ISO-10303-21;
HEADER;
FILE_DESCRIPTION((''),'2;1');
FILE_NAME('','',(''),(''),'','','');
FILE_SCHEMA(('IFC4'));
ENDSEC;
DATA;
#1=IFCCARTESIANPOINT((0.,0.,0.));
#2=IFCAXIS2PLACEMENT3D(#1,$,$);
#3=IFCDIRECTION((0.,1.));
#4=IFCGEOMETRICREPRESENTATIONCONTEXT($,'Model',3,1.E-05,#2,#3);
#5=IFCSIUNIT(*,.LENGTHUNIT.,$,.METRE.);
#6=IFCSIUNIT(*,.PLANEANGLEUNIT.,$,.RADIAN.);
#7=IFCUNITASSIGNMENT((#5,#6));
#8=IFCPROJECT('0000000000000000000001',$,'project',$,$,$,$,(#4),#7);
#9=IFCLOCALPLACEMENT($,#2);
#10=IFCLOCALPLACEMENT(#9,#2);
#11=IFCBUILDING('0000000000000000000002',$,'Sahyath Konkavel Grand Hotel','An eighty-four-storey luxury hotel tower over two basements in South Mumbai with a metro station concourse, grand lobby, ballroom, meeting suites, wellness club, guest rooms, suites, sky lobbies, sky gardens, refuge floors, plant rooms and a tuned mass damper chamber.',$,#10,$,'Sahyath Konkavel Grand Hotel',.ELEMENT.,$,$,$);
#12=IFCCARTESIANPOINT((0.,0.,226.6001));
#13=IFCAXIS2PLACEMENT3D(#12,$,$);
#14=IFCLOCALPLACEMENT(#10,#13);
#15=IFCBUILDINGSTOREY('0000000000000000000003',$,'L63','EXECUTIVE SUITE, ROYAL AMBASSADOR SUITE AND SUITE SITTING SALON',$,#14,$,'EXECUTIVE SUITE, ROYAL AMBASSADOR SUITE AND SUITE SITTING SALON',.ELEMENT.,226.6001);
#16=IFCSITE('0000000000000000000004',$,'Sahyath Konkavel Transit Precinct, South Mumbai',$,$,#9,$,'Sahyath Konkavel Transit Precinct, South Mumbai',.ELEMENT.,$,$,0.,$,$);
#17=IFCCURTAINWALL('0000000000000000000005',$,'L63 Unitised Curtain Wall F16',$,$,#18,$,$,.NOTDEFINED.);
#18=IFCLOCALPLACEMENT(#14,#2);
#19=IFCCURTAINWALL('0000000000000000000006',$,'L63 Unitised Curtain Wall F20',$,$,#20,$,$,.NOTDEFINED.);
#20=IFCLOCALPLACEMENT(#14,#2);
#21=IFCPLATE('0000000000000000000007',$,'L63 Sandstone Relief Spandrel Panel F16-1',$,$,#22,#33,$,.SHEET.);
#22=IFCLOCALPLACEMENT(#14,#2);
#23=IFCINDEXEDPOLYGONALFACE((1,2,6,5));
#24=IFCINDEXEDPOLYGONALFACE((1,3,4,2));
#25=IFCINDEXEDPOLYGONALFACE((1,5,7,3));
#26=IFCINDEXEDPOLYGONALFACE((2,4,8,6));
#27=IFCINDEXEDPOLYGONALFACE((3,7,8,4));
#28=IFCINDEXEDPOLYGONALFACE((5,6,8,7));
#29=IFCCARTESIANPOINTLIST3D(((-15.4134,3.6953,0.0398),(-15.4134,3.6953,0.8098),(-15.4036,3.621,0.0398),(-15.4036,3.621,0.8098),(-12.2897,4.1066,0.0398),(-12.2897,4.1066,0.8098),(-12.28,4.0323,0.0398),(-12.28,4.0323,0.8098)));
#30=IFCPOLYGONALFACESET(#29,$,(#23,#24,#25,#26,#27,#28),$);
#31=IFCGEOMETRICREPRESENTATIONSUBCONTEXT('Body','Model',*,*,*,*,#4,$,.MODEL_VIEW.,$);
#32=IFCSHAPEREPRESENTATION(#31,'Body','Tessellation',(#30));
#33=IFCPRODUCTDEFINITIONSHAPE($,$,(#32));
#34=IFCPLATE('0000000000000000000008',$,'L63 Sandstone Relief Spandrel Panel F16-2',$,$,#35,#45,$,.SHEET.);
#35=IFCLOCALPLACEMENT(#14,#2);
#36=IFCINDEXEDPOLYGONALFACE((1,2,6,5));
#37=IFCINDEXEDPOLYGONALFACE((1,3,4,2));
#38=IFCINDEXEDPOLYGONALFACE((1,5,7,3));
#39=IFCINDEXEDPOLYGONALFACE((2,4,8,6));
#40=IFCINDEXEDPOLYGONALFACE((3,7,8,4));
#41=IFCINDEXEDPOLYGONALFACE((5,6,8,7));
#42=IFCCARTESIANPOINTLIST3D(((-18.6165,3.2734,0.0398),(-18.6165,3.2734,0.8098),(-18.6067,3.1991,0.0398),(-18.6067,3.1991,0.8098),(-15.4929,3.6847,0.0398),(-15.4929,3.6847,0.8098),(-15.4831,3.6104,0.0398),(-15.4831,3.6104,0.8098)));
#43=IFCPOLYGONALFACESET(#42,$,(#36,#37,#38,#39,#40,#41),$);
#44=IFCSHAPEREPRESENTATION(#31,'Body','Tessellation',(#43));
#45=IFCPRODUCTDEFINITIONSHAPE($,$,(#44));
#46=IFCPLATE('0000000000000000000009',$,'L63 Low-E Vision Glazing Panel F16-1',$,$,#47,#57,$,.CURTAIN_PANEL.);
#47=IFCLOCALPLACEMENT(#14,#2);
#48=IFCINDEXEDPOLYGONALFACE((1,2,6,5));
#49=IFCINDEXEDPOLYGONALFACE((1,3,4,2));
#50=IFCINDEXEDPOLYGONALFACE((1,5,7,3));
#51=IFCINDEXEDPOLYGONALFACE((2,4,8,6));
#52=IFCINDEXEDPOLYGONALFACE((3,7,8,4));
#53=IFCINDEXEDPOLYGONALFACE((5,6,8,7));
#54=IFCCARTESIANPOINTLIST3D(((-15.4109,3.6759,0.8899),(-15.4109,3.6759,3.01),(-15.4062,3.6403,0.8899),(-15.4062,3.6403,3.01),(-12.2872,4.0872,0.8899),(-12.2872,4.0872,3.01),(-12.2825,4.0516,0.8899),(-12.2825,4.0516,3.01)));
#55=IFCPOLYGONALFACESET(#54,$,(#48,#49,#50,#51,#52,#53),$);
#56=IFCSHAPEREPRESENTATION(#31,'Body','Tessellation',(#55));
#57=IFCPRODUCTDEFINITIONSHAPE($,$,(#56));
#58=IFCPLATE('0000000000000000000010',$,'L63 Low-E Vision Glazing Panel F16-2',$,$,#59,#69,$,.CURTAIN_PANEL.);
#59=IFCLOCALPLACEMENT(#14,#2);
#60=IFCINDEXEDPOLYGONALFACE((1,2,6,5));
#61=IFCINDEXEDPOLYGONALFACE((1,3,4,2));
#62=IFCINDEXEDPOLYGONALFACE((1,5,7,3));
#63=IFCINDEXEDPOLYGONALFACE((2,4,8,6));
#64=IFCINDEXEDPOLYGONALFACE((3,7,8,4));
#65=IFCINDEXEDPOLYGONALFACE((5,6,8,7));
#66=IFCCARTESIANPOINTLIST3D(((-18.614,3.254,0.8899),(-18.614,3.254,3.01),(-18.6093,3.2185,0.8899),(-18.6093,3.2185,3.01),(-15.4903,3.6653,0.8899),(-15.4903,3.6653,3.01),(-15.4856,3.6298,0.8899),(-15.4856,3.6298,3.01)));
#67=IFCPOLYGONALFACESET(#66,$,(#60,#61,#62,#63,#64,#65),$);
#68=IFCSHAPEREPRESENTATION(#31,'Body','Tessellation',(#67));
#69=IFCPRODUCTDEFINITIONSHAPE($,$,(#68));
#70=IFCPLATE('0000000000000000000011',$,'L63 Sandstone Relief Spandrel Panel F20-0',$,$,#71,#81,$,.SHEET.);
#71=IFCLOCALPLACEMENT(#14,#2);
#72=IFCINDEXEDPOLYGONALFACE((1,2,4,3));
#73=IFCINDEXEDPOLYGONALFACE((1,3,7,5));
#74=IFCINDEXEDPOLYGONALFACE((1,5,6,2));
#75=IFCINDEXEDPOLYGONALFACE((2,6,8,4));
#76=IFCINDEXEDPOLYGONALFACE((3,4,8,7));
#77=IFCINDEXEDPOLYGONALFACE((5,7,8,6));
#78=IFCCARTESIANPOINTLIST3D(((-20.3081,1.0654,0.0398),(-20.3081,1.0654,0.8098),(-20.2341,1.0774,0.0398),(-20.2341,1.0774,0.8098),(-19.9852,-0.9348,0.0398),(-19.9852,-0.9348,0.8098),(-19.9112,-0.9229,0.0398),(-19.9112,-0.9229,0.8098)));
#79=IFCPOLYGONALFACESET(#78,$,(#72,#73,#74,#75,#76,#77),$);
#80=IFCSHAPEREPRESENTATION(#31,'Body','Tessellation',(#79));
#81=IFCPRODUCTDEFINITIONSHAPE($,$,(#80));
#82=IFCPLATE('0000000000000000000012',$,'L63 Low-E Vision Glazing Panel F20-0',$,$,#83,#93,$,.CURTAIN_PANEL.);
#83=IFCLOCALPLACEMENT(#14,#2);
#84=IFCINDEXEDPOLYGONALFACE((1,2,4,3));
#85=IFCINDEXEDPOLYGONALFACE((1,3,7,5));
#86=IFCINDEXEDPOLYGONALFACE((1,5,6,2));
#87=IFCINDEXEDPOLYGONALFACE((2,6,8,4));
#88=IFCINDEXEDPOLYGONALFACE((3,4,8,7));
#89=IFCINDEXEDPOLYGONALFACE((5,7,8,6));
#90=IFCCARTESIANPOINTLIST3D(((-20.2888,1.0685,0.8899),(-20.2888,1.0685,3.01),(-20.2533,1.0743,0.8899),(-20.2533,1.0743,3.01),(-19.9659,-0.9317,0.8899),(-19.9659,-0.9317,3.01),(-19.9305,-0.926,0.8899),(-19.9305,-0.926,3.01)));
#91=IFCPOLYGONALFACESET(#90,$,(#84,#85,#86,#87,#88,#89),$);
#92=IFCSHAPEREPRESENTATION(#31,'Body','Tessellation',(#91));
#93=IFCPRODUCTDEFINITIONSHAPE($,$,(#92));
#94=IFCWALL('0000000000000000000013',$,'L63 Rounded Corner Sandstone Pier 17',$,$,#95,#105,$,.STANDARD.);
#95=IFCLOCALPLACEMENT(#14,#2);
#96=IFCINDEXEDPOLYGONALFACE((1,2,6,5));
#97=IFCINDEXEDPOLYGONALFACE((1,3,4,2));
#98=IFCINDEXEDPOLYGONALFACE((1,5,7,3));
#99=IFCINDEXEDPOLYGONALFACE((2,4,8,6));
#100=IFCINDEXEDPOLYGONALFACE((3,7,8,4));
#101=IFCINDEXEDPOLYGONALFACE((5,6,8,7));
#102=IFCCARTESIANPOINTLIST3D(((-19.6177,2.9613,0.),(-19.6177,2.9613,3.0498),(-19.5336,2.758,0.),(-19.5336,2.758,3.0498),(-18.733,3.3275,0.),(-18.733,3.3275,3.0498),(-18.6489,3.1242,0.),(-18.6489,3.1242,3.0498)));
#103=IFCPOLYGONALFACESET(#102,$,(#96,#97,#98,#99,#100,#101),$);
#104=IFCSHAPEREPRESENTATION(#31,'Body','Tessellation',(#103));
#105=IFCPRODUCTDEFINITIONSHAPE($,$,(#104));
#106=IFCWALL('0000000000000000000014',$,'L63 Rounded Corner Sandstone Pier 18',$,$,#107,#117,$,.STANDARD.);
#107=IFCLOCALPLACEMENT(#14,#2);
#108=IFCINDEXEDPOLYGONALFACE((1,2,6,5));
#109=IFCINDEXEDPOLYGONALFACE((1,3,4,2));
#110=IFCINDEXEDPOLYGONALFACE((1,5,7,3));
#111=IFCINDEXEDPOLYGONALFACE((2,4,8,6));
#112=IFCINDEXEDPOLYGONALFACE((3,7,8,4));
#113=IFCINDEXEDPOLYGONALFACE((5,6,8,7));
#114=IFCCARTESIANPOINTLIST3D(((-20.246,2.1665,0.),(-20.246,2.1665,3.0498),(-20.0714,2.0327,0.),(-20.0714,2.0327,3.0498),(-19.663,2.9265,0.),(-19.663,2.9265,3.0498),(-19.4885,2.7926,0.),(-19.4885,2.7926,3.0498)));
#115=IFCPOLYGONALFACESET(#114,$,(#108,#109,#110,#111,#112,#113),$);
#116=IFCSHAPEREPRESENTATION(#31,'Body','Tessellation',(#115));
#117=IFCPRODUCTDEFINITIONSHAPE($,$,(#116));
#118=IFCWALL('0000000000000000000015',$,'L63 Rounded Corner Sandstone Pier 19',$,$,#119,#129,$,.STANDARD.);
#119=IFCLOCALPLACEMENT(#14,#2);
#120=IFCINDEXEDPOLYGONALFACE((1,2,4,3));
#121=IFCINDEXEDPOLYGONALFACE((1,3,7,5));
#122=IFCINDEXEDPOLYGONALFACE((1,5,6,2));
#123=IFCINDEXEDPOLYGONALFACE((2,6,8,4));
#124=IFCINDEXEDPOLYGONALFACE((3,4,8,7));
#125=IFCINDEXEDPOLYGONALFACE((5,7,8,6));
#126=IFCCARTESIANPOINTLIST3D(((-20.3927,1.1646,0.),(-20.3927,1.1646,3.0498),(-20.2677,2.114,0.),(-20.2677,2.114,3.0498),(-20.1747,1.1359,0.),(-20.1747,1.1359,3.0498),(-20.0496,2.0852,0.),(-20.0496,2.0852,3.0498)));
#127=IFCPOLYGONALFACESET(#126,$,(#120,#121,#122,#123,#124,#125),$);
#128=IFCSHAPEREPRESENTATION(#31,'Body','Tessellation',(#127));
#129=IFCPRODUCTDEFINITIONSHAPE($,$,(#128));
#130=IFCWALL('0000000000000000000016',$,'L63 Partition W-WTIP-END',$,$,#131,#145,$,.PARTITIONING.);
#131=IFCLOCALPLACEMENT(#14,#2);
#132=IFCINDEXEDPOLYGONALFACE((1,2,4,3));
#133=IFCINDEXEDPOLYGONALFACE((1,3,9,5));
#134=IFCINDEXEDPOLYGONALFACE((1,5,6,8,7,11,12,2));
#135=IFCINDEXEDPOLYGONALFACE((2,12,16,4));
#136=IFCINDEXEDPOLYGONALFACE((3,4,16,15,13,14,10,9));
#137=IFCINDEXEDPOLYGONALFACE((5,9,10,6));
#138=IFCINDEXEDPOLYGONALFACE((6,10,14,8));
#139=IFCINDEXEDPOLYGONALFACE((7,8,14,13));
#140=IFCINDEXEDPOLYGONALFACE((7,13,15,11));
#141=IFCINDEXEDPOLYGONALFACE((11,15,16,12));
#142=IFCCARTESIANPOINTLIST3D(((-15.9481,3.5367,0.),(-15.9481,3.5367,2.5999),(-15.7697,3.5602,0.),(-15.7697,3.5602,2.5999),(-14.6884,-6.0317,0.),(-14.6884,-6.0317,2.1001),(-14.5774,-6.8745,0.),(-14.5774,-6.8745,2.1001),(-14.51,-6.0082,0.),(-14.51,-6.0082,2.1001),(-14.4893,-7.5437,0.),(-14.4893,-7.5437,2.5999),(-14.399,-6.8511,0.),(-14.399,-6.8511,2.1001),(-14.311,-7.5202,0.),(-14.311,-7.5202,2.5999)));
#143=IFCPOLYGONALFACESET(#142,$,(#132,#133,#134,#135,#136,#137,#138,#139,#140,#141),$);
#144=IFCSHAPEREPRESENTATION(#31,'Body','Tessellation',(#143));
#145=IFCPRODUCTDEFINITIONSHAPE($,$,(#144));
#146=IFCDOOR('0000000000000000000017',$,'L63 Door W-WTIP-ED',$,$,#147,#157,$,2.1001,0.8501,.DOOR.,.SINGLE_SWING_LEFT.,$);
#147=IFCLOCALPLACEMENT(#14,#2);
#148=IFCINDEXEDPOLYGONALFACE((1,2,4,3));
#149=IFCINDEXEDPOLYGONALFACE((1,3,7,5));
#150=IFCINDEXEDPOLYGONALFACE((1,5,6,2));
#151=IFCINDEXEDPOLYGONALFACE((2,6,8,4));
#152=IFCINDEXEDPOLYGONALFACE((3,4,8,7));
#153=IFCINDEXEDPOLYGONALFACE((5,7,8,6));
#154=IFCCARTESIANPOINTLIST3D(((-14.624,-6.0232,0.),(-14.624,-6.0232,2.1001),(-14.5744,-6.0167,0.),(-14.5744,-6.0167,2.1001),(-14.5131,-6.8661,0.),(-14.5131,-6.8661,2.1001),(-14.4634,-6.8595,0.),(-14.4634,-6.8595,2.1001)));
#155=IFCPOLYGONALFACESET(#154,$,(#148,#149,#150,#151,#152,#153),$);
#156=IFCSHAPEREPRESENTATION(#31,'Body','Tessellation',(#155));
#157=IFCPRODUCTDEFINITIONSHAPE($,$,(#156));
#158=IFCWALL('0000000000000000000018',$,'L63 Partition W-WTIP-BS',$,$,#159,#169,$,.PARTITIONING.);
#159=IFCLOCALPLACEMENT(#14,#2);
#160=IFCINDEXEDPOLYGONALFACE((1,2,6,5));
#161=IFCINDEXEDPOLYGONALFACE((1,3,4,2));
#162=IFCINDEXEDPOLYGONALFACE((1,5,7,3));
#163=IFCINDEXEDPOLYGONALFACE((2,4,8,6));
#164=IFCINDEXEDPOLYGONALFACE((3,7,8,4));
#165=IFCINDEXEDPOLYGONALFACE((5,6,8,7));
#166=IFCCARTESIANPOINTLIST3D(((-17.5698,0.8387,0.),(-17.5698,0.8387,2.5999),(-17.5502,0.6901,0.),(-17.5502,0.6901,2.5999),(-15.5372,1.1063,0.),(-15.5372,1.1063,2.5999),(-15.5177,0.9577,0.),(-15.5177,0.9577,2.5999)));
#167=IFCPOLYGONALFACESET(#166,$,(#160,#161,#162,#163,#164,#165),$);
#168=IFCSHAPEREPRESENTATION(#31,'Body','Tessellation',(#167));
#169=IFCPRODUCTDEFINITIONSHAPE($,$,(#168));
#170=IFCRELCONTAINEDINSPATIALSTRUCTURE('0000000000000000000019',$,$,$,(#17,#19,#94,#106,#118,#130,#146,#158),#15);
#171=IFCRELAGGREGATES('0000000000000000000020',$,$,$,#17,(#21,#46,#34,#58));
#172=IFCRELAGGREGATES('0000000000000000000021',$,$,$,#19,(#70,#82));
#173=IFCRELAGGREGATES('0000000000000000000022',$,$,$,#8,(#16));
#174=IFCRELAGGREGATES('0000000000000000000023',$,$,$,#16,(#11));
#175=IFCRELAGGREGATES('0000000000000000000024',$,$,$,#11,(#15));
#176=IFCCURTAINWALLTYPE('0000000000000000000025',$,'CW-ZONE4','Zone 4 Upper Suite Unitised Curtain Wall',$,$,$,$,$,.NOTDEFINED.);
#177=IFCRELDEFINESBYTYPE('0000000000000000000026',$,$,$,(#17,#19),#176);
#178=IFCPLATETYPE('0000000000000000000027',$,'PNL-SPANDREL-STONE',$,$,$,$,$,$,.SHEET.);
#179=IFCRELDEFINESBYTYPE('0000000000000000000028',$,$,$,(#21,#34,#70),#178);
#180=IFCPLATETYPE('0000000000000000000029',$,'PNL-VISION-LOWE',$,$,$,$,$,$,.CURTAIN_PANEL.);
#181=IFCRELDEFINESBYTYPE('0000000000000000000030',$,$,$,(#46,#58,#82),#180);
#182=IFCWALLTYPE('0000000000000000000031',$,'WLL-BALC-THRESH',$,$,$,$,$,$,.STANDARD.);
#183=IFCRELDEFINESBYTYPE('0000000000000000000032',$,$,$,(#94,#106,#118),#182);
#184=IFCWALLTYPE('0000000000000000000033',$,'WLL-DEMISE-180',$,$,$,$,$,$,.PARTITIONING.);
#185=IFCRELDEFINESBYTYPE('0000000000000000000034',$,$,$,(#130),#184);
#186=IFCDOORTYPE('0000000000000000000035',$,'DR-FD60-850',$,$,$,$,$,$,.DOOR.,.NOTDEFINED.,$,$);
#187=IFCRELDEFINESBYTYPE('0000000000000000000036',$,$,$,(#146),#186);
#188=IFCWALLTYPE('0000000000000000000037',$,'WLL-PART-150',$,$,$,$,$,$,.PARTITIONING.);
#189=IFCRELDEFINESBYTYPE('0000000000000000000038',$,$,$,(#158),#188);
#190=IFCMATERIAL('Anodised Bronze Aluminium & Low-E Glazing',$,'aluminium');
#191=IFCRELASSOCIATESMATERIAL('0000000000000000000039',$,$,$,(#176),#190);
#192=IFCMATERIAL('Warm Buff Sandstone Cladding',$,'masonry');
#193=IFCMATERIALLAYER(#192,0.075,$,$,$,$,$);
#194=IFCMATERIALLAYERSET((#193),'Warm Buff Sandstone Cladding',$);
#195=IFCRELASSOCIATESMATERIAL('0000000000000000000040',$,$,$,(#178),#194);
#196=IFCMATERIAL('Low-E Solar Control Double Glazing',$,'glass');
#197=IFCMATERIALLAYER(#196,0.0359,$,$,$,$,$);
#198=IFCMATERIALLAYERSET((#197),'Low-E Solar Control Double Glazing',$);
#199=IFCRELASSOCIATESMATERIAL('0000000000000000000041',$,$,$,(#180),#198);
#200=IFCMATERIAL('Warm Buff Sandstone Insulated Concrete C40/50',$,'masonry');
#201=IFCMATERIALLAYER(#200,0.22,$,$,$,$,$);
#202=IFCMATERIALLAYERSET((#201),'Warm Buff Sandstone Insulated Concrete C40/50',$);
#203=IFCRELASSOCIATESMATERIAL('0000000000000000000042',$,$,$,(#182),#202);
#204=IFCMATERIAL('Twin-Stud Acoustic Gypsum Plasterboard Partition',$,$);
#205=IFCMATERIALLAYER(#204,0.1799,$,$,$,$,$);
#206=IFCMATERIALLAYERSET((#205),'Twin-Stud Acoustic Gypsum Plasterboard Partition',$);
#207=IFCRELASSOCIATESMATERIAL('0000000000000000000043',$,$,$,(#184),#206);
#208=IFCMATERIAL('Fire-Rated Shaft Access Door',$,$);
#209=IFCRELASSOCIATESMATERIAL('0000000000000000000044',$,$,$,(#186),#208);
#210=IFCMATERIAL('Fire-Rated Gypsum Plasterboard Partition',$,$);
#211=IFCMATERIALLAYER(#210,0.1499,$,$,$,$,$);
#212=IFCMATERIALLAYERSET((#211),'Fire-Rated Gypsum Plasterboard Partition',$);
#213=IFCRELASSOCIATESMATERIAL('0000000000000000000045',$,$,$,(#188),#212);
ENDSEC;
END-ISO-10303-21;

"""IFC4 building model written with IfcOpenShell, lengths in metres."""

from ifc_helpers import new_model, si_unit, direction, frame, frame_2d, origin, origin_2d, place, context, subcontext, project, spatial, rectangle, extrude, source, transform, mapped, material, layer, layer_set, type_object, element, fill, aggregate, save


model = new_model("IFC4")

# Units and contexts
model_context = context("Model", 3, precision=1e-05, world=origin(), true_north=direction((0.0, 1.0)))
body_context = subcontext(model_context, "Body", "Model", "MODEL_VIEW")
ifc_project = project(units=[si_unit("LENGTHUNIT", "METRE"), si_unit("PLANEANGLEUNIT", "RADIAN")], contexts=[model_context])

# Site, building, storey
site_placement = place(None, origin())
site = spatial("IfcSite", under=ifc_project, at=site_placement, Name="Sahyath Konkavel Transit Precinct, South Mumbai", LongName="Sahyath Konkavel Transit Precinct, South Mumbai", CompositionType="ELEMENT", RefElevation=0.0)
building_placement = place(site_placement, origin())
building = spatial("IfcBuilding", under=site, at=building_placement, Name="Sahyath Konkavel Grand Hotel", Description="An eighty-four-storey luxury hotel tower over two basements in South Mumbai with a metro station concourse, grand lobby, ballroom, meeting suites, wellness club, guest rooms, suites, sky lobbies, sky gardens, refuge floors, plant rooms and a tuned mass damper chamber.", LongName="Sahyath Konkavel Grand Hotel", CompositionType="ELEMENT")
storey_placement = place(building_placement, frame((0.0, 0.0, 226.6001)))
storey = spatial("IfcBuildingStorey", under=building, at=storey_placement, Name="L63", Description="EXECUTIVE SUITE, ROYAL AMBASSADOR SUITE AND SUITE SITTING SALON", LongName="EXECUTIVE SUITE, ROYAL AMBASSADOR SUITE AND SUITE SITTING SALON", CompositionType="ELEMENT", Elevation=226.6001)

# Curtain wall
ifc_material_1 = material(Name="Anodised Bronze Aluminium & Low-E Glazing", Category="aluminium")
curtain_wall_type = type_object("IfcCurtainWallType", Name="CW-ZONE4", Description="Zone 4 Upper Suite Unitised Curtain Wall", PredefinedType="NOTDEFINED", material=ifc_material_1)
curtain_wall_1_placement = place(storey_placement, origin())
curtain_wall_1 = element("IfcCurtainWall", 1, at=curtain_wall_1_placement, inside=storey, type_object=curtain_wall_type, Name="L63 Unitised Curtain Wall F16", PredefinedType="NOTDEFINED")

# Curtain wall
curtain_wall_2_placement = place(storey_placement, origin())
curtain_wall_2 = element("IfcCurtainWall", 2, at=curtain_wall_2_placement, inside=storey, type_object=curtain_wall_type, Name="L63 Unitised Curtain Wall F20", PredefinedType="NOTDEFINED")

# Plates
ifc_material_2 = material(Name="Warm Buff Sandstone Cladding", Category="masonry")
ifc_layer_1 = layer(ifc_material_2, 0.075)
ifc_layer_set_1 = layer_set([ifc_layer_1], Name="Warm Buff Sandstone Cladding")
plate_type_1 = type_object("IfcPlateType", Name="PNL-SPANDREL-STONE", PredefinedType="SHEET", material=ifc_layer_set_1)
shared_shape_1 = source(origin(), body_context, "Body", "SweptSolid", [
    extrude(rectangle(XDim=3.1506, YDim=0.075, at=origin_2d()), origin(), (0.0, 0.0, 1.0), 0.77),
])
plate_1_placement = place(storey_placement, frame((-13.8467, 3.8638, 0.0398), z_axis=(0.0, 0.0, 1.0), x_axis=(-0.991443, -0.130543, 0.0)))
plate_1 = element("IfcPlate", 3, at=plate_1_placement, type_object=plate_type_1, Name="L63 Sandstone Relief Spandrel Panel F16-1", PredefinedType="SHEET", context=body_context, shape_type="MappedRepresentation", body=[
    mapped(shared_shape_1, transform((0.0, 0.0, 0.0), scale=1.0)),
])
plate_2_placement = place(storey_placement, frame((-17.0498, 3.4419, 0.0398), z_axis=(0.0, 0.0, 1.0), x_axis=(-0.991443, -0.130543, 0.0)))
plate_2 = element("IfcPlate", 4, at=plate_2_placement, type_object=plate_type_1, Name="L63 Sandstone Relief Spandrel Panel F16-2", PredefinedType="SHEET", context=body_context, shape_type="MappedRepresentation", body=[
    mapped(shared_shape_1, transform((0.0, 0.0, 0.0), scale=1.0)),
])
ifc_material_3 = material(Name="Low-E Solar Control Double Glazing", Category="glass")
ifc_layer_2 = layer(ifc_material_3, 0.0359)
ifc_layer_set_2 = layer_set([ifc_layer_2], Name="Low-E Solar Control Double Glazing")
plate_type_2 = type_object("IfcPlateType", Name="PNL-VISION-LOWE", PredefinedType="CURTAIN_PANEL", material=ifc_layer_set_2)
shared_shape_2 = source(origin(), body_context, "Body", "SweptSolid", [
    extrude(rectangle(XDim=3.1506, YDim=0.0359, at=origin_2d()), origin(), (0.0, 0.0, 1.0), 2.1201),
])
plate_3_placement = place(storey_placement, frame((-13.8467, 3.8638, 0.8899), z_axis=(0.0, 0.0, 1.0), x_axis=(-0.991443, -0.130543, 0.0)))
plate_3 = element("IfcPlate", 5, at=plate_3_placement, type_object=plate_type_2, Name="L63 Low-E Vision Glazing Panel F16-1", PredefinedType="CURTAIN_PANEL", context=body_context, shape_type="MappedRepresentation", body=[
    mapped(shared_shape_2, transform((0.0, 0.0, 0.0), scale=1.0)),
])
plate_4_placement = place(storey_placement, frame((-17.0498, 3.4419, 0.8899), z_axis=(0.0, 0.0, 1.0), x_axis=(-0.991443, -0.130543, 0.0)))
plate_4 = element("IfcPlate", 6, at=plate_4_placement, type_object=plate_type_2, Name="L63 Low-E Vision Glazing Panel F16-2", PredefinedType="CURTAIN_PANEL", context=body_context, shape_type="MappedRepresentation", body=[
    mapped(shared_shape_2, transform((0.0, 0.0, 0.0), scale=1.0)),
])
aggregate(curtain_wall_1, [plate_1, plate_3, plate_2, plate_4])
shared_shape_3 = source(origin(), body_context, "Body", "SweptSolid", [
    extrude(rectangle(XDim=2.0261, YDim=0.075, at=origin_2d()), origin(), (0.0, 0.0, 1.0), 0.77),
])
plate_5_placement = place(storey_placement, frame((-20.1096, 0.0713, 0.0398), z_axis=(0.0, 0.0, 1.0), x_axis=(0.159364, -0.98722, 0.0)))
plate_5 = element("IfcPlate", 7, at=plate_5_placement, type_object=plate_type_1, Name="L63 Sandstone Relief Spandrel Panel F20-0", PredefinedType="SHEET", context=body_context, shape_type="MappedRepresentation", body=[
    mapped(shared_shape_3, transform((0.0, 0.0, 0.0), scale=1.0)),
])
shared_shape_4 = source(origin(), body_context, "Body", "SweptSolid", [
    extrude(rectangle(XDim=2.0261, YDim=0.0359, at=origin_2d()), origin(), (0.0, 0.0, 1.0), 2.1201),
])
plate_6_placement = place(storey_placement, frame((-20.1096, 0.0713, 0.8899), z_axis=(0.0, 0.0, 1.0), x_axis=(0.159364, -0.98722, 0.0)))
plate_6 = element("IfcPlate", 8, at=plate_6_placement, type_object=plate_type_2, Name="L63 Low-E Vision Glazing Panel F20-0", PredefinedType="CURTAIN_PANEL", context=body_context, shape_type="MappedRepresentation", body=[
    mapped(shared_shape_4, transform((0.0, 0.0, 0.0), scale=1.0)),
])
aggregate(curtain_wall_2, [plate_5, plate_6])

# Walls
ifc_material_4 = material(Name="Warm Buff Sandstone Insulated Concrete C40/50", Category="masonry")
ifc_layer_3 = layer(ifc_material_4, 0.22)
ifc_layer_set_3 = layer_set([ifc_layer_3], Name="Warm Buff Sandstone Insulated Concrete C40/50")
wall_type_1 = type_object("IfcWallType", Name="WLL-BALC-THRESH", PredefinedType="STANDARD", material=ifc_layer_set_3)
wall_1_placement = place(storey_placement, frame((-18.6909, 3.2258, 0.0), z_axis=(0.0, 0.0, 1.0), x_axis=(-0.92398, -0.382442, 0.0)))
element("IfcWall", 9, at=wall_1_placement, inside=storey, type_object=wall_type_1, Name="L63 Rounded Corner Sandstone Pier 17", PredefinedType="STANDARD", context=body_context, shape_type="SweptSolid", body=[
    extrude(rectangle(XDim=0.9575, YDim=0.22, at=frame_2d((0.4788, 0.0))), origin(), (0.0, 0.0, 1.0), 3.0498),
])
wall_2_placement = place(storey_placement, frame((-19.5757, 2.8596, 0.0), z_axis=(0.0, 0.0, 1.0), x_axis=(-0.608651, -0.793438, 0.0)))
element("IfcWall", 10, at=wall_2_placement, inside=storey, type_object=wall_type_1, Name="L63 Rounded Corner Sandstone Pier 18", PredefinedType="STANDARD", context=body_context, shape_type="SweptSolid", body=[
    extrude(rectangle(XDim=0.9578, YDim=0.22, at=frame_2d((0.479, 0.0))), origin(), (0.0, 0.0, 1.0), 3.0498),
])
wall_3_placement = place(storey_placement, frame((-20.1587, 2.0996, 0.0), z_axis=(0.0, 0.0, 1.0), x_axis=(-0.13056, -0.99144, 0.0)))
element("IfcWall", 11, at=wall_3_placement, inside=storey, type_object=wall_type_1, Name="L63 Rounded Corner Sandstone Pier 19", PredefinedType="STANDARD", context=body_context, shape_type="SweptSolid", body=[
    extrude(rectangle(XDim=0.9575, YDim=0.22, at=frame_2d((0.4788, 0.0))), origin(), (0.0, 0.0, 1.0), 3.0498),
])

# Wall, opening, door
ifc_material_5 = material(Name="Twin-Stud Acoustic Gypsum Plasterboard Partition")
ifc_layer_4 = layer(ifc_material_5, 0.1799)
ifc_layer_set_4 = layer_set([ifc_layer_4], Name="Twin-Stud Acoustic Gypsum Plasterboard Partition")
wall_type_2 = type_object("IfcWallType", Name="WLL-DEMISE-180", PredefinedType="PARTITIONING", material=ifc_layer_set_4)
wall_4_placement = place(storey_placement, frame((-15.8589, 3.5483, 0.0), z_axis=(0.0, 0.0, 1.0), x_axis=(0.130525, -0.991445, 0.0)))
wall_4 = element("IfcWall", 12, at=wall_4_placement, inside=storey, type_object=wall_type_2, Name="L63 Partition W-WTIP-END", PredefinedType="PARTITIONING", context=body_context, shape_type="SweptSolid", body=[
    extrude(rectangle(XDim=11.176, YDim=0.1799, at=frame_2d((5.5879, 0.0))), origin(), (0.0, 0.0, 1.0), 2.5999),
])
opening_1_placement = place(wall_4_placement, frame((9.6509, 0.0, 0.0)))
opening_1 = element("IfcOpeningElement", 13, at=opening_1_placement, cuts=wall_4, PredefinedType="OPENING", context=body_context, shape_type="SweptSolid", body=[
    extrude(rectangle(XDim=0.8501, YDim=2.1001, at=frame_2d((0.425, 1.05))), frame((0.0, 0.1001, 0.0), z_axis=(0.0, -1.0, 0.0), x_axis=(1.0, 0.0, 0.0)), (0.0, 0.0, 1.0), 0.2),
])
ifc_material_6 = material(Name="Fire-Rated Shaft Access Door")
door_type_1 = type_object("IfcDoorType", Name="DR-FD60-850", OperationType="NOTDEFINED", PredefinedType="DOOR", material=ifc_material_6)
shared_shape_5 = source(origin(), body_context, "Body", "SweptSolid", [
    extrude(rectangle(XDim=0.8501, YDim=0.05, at=origin_2d()), origin(), (0.0, 0.0, 1.0), 2.1001),
])
door_1_placement = place(opening_1_placement, frame((0.425, 0.0, 0.0)))
door_1 = element("IfcDoor", 14, at=door_1_placement, inside=storey, type_object=door_type_1, Name="L63 Door W-WTIP-ED", OperationType="SINGLE_SWING_LEFT", OverallHeight=2.1001, OverallWidth=0.8501, PredefinedType="DOOR", context=body_context, shape_type="MappedRepresentation", body=[
    mapped(shared_shape_5, transform((0.0, 0.0, 0.0), scale=1.0)),
])
fill(opening_1, door_1)

# Wall
ifc_material_7 = material(Name="Fire-Rated Gypsum Plasterboard Partition")
ifc_layer_5 = layer(ifc_material_7, 0.1499)
ifc_layer_set_5 = layer_set([ifc_layer_5], Name="Fire-Rated Gypsum Plasterboard Partition")
wall_type_3 = type_object("IfcWallType", Name="WLL-PART-150", PredefinedType="PARTITIONING", material=ifc_layer_set_5)
wall_5_placement = place(storey_placement, frame((-15.5276, 1.032, 0.0), z_axis=(0.0, 0.0, 1.0), x_axis=(-0.991445, -0.130525, 0.0)))
element("IfcWall", 15, at=wall_5_placement, inside=storey, type_object=wall_type_3, Name="L63 Partition W-WTIP-BS", PredefinedType="PARTITIONING", context=body_context, shape_type="SweptSolid", body=[
    extrude(rectangle(XDim=2.05, YDim=0.1499, at=frame_2d((1.0249, 0.0))), origin(), (0.0, 0.0, 1.0), 2.5999),
])

save(model, "model.ifc")
